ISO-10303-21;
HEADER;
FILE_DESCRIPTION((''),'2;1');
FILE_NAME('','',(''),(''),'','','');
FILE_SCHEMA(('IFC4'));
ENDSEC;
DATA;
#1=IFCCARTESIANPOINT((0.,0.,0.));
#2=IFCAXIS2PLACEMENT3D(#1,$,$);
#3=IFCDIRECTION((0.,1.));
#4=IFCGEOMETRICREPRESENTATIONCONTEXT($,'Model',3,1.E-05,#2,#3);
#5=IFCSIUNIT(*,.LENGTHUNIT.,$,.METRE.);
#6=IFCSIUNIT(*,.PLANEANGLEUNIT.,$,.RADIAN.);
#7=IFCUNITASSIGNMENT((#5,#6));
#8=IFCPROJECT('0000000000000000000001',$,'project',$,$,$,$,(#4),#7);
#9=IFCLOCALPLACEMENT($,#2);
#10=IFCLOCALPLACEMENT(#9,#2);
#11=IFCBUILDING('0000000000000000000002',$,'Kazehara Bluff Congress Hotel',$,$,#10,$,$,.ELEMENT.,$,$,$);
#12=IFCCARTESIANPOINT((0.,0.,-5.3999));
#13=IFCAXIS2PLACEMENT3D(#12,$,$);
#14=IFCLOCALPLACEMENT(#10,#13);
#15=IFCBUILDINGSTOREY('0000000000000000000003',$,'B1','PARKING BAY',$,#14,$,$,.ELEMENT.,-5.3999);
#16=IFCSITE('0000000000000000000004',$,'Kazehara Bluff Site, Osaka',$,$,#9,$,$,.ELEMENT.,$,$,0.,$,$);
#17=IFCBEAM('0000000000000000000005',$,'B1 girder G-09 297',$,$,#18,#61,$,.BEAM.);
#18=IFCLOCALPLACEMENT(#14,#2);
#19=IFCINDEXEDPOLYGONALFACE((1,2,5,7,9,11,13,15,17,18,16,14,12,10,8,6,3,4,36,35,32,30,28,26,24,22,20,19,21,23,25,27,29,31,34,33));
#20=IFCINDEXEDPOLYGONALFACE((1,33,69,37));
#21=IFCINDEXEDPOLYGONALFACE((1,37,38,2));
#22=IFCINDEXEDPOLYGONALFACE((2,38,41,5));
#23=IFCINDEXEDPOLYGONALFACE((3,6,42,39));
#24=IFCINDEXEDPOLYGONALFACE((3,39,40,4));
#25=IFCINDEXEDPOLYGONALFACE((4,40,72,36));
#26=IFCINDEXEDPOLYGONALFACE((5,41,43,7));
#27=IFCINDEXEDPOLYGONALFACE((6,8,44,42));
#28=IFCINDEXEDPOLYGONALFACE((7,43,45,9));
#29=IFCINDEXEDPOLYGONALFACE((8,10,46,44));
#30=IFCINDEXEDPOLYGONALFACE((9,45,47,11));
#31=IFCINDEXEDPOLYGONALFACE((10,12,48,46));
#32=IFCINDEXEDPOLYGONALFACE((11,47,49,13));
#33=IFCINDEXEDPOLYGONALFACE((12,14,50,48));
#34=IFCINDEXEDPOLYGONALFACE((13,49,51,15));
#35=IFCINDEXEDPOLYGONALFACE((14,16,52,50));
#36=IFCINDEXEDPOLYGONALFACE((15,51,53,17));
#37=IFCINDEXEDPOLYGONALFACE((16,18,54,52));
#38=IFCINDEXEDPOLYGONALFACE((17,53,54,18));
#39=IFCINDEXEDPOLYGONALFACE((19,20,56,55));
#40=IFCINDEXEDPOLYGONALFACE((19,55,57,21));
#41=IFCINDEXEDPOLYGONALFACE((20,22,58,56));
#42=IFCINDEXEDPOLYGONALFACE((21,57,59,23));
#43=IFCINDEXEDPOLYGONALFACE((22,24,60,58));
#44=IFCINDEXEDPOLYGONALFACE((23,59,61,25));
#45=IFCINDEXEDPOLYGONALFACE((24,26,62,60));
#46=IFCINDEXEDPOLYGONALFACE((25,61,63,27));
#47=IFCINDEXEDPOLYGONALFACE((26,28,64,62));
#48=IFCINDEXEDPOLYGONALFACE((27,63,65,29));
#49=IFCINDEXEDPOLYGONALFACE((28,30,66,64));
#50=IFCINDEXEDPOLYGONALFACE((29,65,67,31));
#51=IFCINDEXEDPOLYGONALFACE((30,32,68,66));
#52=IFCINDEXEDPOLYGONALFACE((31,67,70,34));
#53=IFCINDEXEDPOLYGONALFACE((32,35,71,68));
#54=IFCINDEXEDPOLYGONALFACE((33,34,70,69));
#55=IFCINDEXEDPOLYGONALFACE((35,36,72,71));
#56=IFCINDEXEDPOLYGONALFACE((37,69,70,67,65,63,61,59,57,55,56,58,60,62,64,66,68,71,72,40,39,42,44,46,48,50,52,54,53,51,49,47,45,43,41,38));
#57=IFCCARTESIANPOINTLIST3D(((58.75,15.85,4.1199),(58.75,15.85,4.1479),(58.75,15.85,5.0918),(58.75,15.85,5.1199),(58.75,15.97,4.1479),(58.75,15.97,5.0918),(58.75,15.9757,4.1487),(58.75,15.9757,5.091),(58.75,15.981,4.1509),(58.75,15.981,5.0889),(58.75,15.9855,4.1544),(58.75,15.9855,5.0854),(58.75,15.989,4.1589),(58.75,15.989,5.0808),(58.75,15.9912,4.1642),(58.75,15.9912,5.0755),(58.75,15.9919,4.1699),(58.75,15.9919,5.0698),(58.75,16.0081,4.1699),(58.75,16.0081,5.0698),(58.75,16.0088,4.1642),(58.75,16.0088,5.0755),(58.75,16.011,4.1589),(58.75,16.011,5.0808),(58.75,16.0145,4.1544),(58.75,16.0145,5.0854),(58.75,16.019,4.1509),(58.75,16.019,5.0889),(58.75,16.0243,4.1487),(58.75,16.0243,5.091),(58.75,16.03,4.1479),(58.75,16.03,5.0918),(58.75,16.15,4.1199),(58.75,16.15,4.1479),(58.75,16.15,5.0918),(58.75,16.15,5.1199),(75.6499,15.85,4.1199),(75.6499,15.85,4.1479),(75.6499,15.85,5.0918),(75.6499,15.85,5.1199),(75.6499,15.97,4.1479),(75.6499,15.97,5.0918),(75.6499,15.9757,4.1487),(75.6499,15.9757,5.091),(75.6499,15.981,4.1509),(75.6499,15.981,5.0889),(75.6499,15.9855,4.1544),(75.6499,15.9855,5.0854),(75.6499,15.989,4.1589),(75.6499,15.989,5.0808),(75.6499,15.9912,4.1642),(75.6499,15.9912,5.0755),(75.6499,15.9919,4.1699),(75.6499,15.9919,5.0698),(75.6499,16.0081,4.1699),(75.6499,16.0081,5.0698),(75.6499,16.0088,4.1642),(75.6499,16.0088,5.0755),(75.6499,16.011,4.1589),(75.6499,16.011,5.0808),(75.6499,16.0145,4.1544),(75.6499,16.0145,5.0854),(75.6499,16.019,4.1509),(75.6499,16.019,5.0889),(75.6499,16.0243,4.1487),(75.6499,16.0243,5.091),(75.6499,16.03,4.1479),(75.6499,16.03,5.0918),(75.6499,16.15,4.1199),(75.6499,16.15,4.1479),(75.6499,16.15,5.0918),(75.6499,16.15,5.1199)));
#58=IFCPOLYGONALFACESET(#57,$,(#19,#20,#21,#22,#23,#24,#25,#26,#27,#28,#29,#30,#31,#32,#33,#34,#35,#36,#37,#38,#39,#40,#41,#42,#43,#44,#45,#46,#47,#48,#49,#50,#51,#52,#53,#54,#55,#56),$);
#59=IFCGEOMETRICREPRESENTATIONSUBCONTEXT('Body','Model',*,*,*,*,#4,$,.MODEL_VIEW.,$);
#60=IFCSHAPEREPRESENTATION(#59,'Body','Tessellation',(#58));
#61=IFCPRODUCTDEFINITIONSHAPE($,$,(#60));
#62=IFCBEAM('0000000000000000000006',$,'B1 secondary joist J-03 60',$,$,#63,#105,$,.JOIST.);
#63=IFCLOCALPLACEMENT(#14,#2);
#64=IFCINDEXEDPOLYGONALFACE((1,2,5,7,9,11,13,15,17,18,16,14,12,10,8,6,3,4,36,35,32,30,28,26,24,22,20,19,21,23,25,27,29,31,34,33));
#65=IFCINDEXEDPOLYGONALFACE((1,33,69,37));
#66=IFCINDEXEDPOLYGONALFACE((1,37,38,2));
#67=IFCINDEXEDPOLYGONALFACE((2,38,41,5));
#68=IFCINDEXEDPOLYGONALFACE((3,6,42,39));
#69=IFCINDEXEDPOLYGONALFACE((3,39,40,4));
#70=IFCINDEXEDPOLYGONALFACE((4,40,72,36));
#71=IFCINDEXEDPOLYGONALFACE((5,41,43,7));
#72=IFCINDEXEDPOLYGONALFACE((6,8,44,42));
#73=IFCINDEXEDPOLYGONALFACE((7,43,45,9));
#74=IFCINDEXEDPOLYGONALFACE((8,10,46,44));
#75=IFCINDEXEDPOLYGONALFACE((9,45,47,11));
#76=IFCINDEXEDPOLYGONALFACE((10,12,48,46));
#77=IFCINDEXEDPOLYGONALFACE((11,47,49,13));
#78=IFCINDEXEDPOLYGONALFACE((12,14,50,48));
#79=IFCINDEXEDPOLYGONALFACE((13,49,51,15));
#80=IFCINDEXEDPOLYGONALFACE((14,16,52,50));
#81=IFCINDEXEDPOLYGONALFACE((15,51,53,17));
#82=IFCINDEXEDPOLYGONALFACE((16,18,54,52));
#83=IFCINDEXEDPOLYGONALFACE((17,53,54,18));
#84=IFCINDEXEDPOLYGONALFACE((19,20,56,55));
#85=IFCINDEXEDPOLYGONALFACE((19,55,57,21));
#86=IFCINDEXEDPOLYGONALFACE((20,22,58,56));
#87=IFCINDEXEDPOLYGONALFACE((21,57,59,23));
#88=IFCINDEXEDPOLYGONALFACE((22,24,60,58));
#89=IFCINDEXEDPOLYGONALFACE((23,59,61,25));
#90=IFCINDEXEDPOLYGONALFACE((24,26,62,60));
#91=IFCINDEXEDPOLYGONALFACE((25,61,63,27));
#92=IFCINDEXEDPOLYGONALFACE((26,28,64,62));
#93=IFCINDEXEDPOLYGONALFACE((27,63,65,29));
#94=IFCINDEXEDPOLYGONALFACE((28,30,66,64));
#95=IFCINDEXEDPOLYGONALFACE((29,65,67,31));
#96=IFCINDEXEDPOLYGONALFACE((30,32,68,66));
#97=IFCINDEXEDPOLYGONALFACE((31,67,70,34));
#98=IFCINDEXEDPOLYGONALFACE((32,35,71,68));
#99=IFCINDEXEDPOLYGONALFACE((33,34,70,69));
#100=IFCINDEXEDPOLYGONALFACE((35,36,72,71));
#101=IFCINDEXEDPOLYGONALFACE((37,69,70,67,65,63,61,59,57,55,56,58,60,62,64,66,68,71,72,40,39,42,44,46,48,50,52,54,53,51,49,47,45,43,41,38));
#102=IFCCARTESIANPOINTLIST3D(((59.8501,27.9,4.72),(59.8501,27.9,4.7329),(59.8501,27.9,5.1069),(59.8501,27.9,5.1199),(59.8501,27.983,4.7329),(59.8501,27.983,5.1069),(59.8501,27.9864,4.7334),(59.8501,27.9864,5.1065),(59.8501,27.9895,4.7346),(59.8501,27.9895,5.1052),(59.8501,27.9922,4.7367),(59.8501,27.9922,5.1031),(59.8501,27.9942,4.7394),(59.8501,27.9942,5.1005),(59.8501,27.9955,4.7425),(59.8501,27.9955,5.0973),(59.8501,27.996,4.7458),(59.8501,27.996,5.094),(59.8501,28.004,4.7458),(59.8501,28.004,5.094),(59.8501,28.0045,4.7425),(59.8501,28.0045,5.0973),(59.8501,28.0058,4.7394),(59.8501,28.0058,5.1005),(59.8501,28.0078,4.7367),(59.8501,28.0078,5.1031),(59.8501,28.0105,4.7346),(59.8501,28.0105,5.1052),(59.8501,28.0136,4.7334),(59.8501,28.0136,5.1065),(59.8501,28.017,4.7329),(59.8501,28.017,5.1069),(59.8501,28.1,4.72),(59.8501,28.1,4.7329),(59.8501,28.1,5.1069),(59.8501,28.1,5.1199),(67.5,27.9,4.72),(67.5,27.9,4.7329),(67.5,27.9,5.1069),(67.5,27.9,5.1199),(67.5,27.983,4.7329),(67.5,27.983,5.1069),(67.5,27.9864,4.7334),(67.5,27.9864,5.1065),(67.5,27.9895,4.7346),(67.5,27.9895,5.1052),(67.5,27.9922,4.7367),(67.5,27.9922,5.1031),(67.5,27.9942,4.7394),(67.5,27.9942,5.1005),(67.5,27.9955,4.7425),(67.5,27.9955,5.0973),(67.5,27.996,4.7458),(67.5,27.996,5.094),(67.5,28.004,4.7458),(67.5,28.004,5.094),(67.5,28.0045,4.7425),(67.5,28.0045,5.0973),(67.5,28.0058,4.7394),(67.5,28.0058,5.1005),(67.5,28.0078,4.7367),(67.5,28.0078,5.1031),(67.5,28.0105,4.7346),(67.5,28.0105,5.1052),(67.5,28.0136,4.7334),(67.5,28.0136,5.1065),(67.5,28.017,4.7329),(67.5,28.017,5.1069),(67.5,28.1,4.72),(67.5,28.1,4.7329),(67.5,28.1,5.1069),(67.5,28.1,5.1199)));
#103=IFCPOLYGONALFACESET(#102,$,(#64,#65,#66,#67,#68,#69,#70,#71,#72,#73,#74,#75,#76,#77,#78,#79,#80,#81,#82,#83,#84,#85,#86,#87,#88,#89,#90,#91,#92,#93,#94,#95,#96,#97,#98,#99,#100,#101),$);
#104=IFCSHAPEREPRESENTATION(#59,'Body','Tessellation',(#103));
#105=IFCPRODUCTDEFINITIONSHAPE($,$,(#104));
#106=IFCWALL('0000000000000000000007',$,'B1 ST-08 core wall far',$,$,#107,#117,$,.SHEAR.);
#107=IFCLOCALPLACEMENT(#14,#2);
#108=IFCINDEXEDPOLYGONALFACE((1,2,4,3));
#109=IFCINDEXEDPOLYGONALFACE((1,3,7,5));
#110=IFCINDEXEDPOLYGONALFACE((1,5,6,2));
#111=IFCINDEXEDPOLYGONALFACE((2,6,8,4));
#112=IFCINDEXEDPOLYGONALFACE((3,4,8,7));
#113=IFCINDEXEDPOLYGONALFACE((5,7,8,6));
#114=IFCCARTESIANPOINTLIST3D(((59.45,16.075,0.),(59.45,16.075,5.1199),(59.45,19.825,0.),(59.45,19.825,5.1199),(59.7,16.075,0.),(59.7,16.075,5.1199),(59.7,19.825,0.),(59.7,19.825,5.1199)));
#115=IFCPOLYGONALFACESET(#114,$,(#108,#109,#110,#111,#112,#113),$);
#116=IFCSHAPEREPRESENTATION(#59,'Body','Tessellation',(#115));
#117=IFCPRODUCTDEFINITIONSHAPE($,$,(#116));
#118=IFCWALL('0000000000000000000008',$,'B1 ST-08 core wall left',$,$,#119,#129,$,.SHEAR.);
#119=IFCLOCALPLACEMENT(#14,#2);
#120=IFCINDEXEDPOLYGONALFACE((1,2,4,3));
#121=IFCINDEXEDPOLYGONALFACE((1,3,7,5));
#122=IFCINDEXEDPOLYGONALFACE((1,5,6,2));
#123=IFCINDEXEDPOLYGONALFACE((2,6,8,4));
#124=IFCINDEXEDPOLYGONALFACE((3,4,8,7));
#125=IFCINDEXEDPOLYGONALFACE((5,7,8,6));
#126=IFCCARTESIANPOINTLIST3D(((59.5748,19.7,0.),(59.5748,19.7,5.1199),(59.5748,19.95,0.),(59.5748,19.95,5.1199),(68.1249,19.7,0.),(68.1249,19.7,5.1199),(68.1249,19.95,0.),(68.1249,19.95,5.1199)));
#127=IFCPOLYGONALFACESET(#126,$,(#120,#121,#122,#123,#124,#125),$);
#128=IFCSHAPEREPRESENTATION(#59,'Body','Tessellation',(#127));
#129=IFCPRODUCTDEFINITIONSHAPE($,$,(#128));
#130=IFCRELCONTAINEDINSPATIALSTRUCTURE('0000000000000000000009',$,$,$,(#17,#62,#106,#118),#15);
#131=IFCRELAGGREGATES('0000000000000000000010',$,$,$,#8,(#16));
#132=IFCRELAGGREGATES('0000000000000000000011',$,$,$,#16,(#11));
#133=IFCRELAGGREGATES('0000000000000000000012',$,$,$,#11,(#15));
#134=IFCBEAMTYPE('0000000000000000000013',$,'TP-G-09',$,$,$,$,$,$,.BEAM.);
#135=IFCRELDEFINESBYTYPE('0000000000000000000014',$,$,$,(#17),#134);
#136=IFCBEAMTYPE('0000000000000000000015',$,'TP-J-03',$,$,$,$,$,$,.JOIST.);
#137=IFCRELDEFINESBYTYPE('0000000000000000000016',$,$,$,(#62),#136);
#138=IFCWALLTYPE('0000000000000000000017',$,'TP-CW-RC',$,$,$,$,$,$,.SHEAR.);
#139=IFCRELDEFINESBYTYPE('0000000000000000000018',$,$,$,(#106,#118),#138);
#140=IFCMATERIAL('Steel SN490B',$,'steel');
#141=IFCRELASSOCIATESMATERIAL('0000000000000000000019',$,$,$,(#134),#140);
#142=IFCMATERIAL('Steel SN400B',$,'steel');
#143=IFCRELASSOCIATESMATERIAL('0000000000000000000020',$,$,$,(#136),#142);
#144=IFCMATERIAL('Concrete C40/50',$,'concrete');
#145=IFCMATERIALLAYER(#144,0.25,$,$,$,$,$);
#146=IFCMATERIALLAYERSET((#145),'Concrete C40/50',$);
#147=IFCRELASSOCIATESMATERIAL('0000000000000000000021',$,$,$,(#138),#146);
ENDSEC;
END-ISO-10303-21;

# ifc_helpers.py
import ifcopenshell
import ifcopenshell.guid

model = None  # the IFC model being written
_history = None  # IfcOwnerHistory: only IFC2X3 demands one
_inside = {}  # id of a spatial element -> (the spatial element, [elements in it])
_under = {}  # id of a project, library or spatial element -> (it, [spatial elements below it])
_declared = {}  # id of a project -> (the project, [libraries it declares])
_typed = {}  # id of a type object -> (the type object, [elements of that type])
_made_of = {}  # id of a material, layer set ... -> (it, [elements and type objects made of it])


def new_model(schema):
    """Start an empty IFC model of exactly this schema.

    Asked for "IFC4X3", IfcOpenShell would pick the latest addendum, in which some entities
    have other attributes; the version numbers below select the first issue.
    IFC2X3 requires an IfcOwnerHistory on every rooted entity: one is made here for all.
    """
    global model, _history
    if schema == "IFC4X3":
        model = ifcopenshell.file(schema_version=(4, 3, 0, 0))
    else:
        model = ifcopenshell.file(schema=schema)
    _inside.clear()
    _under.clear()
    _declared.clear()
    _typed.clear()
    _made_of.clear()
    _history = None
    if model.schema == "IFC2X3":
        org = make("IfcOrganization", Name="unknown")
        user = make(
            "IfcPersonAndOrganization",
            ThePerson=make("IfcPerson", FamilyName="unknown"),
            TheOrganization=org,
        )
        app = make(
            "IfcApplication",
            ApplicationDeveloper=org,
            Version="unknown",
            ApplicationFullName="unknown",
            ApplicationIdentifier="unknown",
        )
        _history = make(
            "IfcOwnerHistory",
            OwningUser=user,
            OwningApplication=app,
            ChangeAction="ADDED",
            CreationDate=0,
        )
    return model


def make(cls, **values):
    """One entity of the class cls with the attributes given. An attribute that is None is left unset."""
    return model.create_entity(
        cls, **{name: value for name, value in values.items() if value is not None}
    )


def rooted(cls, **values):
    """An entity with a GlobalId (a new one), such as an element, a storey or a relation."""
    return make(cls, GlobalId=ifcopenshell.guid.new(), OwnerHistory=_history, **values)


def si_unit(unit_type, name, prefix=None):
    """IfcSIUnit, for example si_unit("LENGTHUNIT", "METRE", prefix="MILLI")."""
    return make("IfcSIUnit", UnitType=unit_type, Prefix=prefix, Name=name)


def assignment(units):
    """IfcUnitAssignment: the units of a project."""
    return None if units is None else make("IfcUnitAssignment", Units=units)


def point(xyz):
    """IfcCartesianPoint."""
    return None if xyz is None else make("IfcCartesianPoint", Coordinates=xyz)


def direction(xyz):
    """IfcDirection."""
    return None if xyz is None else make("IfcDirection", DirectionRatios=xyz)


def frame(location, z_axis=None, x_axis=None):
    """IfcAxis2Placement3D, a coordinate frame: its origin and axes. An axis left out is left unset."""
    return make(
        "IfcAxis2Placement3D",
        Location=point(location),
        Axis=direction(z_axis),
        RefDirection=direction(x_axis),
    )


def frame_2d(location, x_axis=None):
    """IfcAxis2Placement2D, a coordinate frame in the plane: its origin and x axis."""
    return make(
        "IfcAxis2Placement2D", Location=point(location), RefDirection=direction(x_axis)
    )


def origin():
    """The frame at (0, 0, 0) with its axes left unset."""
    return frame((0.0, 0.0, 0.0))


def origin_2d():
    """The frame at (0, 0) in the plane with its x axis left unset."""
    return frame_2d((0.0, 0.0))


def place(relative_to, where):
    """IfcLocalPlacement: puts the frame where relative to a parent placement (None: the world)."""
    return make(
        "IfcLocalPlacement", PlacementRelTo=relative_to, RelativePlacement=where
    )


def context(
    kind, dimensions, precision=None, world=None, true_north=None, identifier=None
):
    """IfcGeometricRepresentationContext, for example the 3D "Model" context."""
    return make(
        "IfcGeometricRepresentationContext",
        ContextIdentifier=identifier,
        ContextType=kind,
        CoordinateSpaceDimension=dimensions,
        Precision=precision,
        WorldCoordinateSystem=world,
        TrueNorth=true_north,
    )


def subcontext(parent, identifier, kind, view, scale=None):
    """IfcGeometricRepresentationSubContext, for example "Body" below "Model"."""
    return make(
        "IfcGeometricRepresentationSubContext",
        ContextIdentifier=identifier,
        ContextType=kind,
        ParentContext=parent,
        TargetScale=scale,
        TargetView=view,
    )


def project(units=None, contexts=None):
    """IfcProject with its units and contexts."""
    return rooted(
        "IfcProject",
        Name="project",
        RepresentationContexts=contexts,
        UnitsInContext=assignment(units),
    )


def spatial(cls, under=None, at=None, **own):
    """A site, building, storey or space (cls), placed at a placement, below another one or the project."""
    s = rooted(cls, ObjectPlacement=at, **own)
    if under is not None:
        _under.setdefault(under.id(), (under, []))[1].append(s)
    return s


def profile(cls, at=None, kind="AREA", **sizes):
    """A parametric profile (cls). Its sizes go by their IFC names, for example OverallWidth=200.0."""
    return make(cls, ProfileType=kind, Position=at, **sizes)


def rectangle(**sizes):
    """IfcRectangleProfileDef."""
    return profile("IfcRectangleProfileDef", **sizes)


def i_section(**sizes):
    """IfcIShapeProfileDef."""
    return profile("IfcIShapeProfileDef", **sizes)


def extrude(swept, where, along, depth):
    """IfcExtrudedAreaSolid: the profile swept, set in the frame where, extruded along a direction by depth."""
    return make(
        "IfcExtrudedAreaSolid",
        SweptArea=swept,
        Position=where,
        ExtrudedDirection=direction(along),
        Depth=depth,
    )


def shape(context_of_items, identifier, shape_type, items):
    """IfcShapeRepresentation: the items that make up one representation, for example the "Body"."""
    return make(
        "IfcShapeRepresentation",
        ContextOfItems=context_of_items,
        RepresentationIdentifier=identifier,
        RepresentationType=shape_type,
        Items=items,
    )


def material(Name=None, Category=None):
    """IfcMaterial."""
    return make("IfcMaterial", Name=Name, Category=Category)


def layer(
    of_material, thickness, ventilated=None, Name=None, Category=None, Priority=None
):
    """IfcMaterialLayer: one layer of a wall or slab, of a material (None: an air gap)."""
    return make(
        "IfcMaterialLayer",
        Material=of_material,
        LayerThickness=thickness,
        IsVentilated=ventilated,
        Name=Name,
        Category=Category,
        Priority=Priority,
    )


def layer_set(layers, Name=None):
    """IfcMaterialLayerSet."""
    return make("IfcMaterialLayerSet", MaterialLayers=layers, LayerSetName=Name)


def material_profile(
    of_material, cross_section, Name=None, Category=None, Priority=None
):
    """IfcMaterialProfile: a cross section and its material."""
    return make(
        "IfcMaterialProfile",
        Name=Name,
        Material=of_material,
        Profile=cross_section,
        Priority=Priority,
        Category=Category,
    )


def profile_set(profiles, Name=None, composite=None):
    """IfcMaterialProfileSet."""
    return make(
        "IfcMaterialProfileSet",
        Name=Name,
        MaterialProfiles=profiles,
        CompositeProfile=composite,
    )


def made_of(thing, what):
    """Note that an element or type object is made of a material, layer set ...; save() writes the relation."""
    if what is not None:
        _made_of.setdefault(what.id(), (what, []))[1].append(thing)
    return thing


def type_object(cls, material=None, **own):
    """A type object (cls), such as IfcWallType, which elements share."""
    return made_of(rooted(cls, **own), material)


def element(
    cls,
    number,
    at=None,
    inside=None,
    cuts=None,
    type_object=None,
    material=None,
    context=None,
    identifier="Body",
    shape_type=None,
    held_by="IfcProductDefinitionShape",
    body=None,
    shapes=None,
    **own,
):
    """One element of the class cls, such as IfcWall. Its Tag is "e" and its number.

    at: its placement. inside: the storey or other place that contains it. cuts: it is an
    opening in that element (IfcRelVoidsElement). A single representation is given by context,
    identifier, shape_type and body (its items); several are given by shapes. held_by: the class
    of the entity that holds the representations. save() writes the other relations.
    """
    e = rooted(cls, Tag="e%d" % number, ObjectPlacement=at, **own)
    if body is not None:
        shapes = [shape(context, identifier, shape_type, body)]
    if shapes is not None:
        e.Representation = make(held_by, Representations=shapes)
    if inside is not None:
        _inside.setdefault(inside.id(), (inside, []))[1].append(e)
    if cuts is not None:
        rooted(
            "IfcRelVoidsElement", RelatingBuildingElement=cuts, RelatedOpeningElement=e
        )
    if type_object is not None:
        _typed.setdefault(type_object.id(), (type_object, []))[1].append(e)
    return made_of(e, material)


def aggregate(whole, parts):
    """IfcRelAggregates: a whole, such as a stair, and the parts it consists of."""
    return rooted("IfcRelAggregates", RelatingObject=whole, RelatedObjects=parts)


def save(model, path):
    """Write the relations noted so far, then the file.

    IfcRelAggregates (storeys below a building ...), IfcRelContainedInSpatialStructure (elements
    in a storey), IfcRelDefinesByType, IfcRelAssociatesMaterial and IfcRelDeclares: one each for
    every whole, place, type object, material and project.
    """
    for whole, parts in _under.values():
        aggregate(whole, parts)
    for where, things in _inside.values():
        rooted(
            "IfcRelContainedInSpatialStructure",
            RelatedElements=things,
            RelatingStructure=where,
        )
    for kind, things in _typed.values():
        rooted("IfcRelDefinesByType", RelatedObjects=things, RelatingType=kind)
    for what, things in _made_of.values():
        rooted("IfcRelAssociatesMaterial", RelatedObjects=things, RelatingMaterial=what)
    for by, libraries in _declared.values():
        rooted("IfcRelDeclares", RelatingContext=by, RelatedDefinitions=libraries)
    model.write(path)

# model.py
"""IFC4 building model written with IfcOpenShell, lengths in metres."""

from ifc_helpers import new_model, si_unit, direction, frame, frame_2d, origin, origin_2d, place, context, subcontext, project, spatial, rectangle, i_section, extrude, material, layer, layer_set, material_profile, profile_set, type_object, element, save


model = new_model("IFC4")

# Units and contexts
model_context = context("Model", 3, precision=1e-05, world=origin(), true_north=direction((0.0, 1.0)))
body_context = subcontext(model_context, "Body", "Model", "MODEL_VIEW")
ifc_project = project(units=[si_unit("LENGTHUNIT", "METRE"), si_unit("PLANEANGLEUNIT", "RADIAN")], contexts=[model_context])

# Site, building, storey
site_placement = place(None, origin())
site = spatial("IfcSite", under=ifc_project, at=site_placement, Name="Kazehara Bluff Site, Osaka", CompositionType="ELEMENT", RefElevation=0.0)
building_placement = place(site_placement, origin())
building = spatial("IfcBuilding", under=site, at=building_placement, Name="Kazehara Bluff Congress Hotel", CompositionType="ELEMENT")
storey_placement = place(building_placement, frame((0.0, 0.0, -5.3999)))
storey = spatial("IfcBuildingStorey", under=building, at=storey_placement, Name="B1", Description="PARKING BAY", CompositionType="ELEMENT", Elevation=-5.3999)

# Beams
ifc_material_1 = material(Name="Steel SN490B", Category="steel")
ifc_material_profile_1 = material_profile(ifc_material_1, i_section(OverallWidth=0.3, OverallDepth=1.0, WebThickness=0.0161, FlangeThickness=0.0281, FilletRadius=0.022, at=origin_2d()))
ifc_profile_set_1 = profile_set([ifc_material_profile_1], Name="Steel SN490B")
beam_type_1 = type_object("IfcBeamType", Name="TP-G-09", PredefinedType="BEAM", material=ifc_profile_set_1)
beam_1_placement = place(storey_placement, frame((58.75, 16.0, 4.6199), z_axis=(1.0, 0.0, 0.0), x_axis=(0.0, 1.0, 0.0)))
element("IfcBeam", 1, at=beam_1_placement, inside=storey, type_object=beam_type_1, Name="B1 girder G-09 297", PredefinedType="BEAM", context=body_context, shape_type="SweptSolid", body=[
    extrude(i_section(OverallWidth=0.3, OverallDepth=1.0, WebThickness=0.0161, FlangeThickness=0.0281, FilletRadius=0.022, at=origin_2d()), origin(), (0.0, 0.0, 1.0), 16.8999),
])
ifc_material_2 = material(Name="Steel SN400B", Category="steel")
ifc_material_profile_2 = material_profile(ifc_material_2, i_section(OverallWidth=0.2, OverallDepth=0.3999, WebThickness=0.0081, FlangeThickness=0.0129, FilletRadius=0.0129, at=origin_2d()))
ifc_profile_set_2 = profile_set([ifc_material_profile_2], Name="Steel SN400B")
beam_type_2 = type_object("IfcBeamType", Name="TP-J-03", PredefinedType="JOIST", material=ifc_profile_set_2)
beam_2_placement = place(storey_placement, frame((59.8501, 28.0, 4.9199), z_axis=(1.0, 0.0, 0.0), x_axis=(0.0, 1.0, 0.0)))
element("IfcBeam", 2, at=beam_2_placement, inside=storey, type_object=beam_type_2, Name="B1 secondary joist J-03 60", PredefinedType="JOIST", context=body_context, shape_type="SweptSolid", body=[
    extrude(i_section(OverallWidth=0.2, OverallDepth=0.3999, WebThickness=0.0081, FlangeThickness=0.0129, FilletRadius=0.0129, at=origin_2d()), origin(), (0.0, 0.0, 1.0), 7.6499),
])

# Walls
ifc_material_3 = material(Name="Concrete C40/50", Category="concrete")
ifc_layer_1 = layer(ifc_material_3, 0.25)
ifc_layer_set_1 = layer_set([ifc_layer_1], Name="Concrete C40/50")
wall_type = type_object("IfcWallType", Name="TP-CW-RC", PredefinedType="SHEAR", material=ifc_layer_set_1)
wall_1_placement = place(storey_placement, frame((59.575, 16.075, 0.0), z_axis=(0.0, 0.0, 1.0), x_axis=(0.0, 1.0, 0.0)))
element("IfcWall", 3, at=wall_1_placement, inside=storey, type_object=wall_type, Name="B1 ST-08 core wall far", PredefinedType="SHEAR", context=body_context, shape_type="SweptSolid", body=[
    extrude(rectangle(XDim=3.75, YDim=0.25, at=frame_2d((1.875, 0.0))), origin(), (0.0, 0.0, 1.0), 5.1199),
])
wall_2_placement = place(storey_placement, frame((59.575, 19.825, 0.0), z_axis=(0.0, 0.0, 1.0), x_axis=(1.0, 0.0, 0.0)))
element("IfcWall", 4, at=wall_2_placement, inside=storey, type_object=wall_type, Name="B1 ST-08 core wall left", PredefinedType="SHEAR", context=body_context, shape_type="SweptSolid", body=[
    extrude(rectangle(XDim=8.55, YDim=0.25, at=frame_2d((4.2749, 0.0))), origin(), (0.0, 0.0, 1.0), 5.1199),
])

save(model, "model.ifc")
